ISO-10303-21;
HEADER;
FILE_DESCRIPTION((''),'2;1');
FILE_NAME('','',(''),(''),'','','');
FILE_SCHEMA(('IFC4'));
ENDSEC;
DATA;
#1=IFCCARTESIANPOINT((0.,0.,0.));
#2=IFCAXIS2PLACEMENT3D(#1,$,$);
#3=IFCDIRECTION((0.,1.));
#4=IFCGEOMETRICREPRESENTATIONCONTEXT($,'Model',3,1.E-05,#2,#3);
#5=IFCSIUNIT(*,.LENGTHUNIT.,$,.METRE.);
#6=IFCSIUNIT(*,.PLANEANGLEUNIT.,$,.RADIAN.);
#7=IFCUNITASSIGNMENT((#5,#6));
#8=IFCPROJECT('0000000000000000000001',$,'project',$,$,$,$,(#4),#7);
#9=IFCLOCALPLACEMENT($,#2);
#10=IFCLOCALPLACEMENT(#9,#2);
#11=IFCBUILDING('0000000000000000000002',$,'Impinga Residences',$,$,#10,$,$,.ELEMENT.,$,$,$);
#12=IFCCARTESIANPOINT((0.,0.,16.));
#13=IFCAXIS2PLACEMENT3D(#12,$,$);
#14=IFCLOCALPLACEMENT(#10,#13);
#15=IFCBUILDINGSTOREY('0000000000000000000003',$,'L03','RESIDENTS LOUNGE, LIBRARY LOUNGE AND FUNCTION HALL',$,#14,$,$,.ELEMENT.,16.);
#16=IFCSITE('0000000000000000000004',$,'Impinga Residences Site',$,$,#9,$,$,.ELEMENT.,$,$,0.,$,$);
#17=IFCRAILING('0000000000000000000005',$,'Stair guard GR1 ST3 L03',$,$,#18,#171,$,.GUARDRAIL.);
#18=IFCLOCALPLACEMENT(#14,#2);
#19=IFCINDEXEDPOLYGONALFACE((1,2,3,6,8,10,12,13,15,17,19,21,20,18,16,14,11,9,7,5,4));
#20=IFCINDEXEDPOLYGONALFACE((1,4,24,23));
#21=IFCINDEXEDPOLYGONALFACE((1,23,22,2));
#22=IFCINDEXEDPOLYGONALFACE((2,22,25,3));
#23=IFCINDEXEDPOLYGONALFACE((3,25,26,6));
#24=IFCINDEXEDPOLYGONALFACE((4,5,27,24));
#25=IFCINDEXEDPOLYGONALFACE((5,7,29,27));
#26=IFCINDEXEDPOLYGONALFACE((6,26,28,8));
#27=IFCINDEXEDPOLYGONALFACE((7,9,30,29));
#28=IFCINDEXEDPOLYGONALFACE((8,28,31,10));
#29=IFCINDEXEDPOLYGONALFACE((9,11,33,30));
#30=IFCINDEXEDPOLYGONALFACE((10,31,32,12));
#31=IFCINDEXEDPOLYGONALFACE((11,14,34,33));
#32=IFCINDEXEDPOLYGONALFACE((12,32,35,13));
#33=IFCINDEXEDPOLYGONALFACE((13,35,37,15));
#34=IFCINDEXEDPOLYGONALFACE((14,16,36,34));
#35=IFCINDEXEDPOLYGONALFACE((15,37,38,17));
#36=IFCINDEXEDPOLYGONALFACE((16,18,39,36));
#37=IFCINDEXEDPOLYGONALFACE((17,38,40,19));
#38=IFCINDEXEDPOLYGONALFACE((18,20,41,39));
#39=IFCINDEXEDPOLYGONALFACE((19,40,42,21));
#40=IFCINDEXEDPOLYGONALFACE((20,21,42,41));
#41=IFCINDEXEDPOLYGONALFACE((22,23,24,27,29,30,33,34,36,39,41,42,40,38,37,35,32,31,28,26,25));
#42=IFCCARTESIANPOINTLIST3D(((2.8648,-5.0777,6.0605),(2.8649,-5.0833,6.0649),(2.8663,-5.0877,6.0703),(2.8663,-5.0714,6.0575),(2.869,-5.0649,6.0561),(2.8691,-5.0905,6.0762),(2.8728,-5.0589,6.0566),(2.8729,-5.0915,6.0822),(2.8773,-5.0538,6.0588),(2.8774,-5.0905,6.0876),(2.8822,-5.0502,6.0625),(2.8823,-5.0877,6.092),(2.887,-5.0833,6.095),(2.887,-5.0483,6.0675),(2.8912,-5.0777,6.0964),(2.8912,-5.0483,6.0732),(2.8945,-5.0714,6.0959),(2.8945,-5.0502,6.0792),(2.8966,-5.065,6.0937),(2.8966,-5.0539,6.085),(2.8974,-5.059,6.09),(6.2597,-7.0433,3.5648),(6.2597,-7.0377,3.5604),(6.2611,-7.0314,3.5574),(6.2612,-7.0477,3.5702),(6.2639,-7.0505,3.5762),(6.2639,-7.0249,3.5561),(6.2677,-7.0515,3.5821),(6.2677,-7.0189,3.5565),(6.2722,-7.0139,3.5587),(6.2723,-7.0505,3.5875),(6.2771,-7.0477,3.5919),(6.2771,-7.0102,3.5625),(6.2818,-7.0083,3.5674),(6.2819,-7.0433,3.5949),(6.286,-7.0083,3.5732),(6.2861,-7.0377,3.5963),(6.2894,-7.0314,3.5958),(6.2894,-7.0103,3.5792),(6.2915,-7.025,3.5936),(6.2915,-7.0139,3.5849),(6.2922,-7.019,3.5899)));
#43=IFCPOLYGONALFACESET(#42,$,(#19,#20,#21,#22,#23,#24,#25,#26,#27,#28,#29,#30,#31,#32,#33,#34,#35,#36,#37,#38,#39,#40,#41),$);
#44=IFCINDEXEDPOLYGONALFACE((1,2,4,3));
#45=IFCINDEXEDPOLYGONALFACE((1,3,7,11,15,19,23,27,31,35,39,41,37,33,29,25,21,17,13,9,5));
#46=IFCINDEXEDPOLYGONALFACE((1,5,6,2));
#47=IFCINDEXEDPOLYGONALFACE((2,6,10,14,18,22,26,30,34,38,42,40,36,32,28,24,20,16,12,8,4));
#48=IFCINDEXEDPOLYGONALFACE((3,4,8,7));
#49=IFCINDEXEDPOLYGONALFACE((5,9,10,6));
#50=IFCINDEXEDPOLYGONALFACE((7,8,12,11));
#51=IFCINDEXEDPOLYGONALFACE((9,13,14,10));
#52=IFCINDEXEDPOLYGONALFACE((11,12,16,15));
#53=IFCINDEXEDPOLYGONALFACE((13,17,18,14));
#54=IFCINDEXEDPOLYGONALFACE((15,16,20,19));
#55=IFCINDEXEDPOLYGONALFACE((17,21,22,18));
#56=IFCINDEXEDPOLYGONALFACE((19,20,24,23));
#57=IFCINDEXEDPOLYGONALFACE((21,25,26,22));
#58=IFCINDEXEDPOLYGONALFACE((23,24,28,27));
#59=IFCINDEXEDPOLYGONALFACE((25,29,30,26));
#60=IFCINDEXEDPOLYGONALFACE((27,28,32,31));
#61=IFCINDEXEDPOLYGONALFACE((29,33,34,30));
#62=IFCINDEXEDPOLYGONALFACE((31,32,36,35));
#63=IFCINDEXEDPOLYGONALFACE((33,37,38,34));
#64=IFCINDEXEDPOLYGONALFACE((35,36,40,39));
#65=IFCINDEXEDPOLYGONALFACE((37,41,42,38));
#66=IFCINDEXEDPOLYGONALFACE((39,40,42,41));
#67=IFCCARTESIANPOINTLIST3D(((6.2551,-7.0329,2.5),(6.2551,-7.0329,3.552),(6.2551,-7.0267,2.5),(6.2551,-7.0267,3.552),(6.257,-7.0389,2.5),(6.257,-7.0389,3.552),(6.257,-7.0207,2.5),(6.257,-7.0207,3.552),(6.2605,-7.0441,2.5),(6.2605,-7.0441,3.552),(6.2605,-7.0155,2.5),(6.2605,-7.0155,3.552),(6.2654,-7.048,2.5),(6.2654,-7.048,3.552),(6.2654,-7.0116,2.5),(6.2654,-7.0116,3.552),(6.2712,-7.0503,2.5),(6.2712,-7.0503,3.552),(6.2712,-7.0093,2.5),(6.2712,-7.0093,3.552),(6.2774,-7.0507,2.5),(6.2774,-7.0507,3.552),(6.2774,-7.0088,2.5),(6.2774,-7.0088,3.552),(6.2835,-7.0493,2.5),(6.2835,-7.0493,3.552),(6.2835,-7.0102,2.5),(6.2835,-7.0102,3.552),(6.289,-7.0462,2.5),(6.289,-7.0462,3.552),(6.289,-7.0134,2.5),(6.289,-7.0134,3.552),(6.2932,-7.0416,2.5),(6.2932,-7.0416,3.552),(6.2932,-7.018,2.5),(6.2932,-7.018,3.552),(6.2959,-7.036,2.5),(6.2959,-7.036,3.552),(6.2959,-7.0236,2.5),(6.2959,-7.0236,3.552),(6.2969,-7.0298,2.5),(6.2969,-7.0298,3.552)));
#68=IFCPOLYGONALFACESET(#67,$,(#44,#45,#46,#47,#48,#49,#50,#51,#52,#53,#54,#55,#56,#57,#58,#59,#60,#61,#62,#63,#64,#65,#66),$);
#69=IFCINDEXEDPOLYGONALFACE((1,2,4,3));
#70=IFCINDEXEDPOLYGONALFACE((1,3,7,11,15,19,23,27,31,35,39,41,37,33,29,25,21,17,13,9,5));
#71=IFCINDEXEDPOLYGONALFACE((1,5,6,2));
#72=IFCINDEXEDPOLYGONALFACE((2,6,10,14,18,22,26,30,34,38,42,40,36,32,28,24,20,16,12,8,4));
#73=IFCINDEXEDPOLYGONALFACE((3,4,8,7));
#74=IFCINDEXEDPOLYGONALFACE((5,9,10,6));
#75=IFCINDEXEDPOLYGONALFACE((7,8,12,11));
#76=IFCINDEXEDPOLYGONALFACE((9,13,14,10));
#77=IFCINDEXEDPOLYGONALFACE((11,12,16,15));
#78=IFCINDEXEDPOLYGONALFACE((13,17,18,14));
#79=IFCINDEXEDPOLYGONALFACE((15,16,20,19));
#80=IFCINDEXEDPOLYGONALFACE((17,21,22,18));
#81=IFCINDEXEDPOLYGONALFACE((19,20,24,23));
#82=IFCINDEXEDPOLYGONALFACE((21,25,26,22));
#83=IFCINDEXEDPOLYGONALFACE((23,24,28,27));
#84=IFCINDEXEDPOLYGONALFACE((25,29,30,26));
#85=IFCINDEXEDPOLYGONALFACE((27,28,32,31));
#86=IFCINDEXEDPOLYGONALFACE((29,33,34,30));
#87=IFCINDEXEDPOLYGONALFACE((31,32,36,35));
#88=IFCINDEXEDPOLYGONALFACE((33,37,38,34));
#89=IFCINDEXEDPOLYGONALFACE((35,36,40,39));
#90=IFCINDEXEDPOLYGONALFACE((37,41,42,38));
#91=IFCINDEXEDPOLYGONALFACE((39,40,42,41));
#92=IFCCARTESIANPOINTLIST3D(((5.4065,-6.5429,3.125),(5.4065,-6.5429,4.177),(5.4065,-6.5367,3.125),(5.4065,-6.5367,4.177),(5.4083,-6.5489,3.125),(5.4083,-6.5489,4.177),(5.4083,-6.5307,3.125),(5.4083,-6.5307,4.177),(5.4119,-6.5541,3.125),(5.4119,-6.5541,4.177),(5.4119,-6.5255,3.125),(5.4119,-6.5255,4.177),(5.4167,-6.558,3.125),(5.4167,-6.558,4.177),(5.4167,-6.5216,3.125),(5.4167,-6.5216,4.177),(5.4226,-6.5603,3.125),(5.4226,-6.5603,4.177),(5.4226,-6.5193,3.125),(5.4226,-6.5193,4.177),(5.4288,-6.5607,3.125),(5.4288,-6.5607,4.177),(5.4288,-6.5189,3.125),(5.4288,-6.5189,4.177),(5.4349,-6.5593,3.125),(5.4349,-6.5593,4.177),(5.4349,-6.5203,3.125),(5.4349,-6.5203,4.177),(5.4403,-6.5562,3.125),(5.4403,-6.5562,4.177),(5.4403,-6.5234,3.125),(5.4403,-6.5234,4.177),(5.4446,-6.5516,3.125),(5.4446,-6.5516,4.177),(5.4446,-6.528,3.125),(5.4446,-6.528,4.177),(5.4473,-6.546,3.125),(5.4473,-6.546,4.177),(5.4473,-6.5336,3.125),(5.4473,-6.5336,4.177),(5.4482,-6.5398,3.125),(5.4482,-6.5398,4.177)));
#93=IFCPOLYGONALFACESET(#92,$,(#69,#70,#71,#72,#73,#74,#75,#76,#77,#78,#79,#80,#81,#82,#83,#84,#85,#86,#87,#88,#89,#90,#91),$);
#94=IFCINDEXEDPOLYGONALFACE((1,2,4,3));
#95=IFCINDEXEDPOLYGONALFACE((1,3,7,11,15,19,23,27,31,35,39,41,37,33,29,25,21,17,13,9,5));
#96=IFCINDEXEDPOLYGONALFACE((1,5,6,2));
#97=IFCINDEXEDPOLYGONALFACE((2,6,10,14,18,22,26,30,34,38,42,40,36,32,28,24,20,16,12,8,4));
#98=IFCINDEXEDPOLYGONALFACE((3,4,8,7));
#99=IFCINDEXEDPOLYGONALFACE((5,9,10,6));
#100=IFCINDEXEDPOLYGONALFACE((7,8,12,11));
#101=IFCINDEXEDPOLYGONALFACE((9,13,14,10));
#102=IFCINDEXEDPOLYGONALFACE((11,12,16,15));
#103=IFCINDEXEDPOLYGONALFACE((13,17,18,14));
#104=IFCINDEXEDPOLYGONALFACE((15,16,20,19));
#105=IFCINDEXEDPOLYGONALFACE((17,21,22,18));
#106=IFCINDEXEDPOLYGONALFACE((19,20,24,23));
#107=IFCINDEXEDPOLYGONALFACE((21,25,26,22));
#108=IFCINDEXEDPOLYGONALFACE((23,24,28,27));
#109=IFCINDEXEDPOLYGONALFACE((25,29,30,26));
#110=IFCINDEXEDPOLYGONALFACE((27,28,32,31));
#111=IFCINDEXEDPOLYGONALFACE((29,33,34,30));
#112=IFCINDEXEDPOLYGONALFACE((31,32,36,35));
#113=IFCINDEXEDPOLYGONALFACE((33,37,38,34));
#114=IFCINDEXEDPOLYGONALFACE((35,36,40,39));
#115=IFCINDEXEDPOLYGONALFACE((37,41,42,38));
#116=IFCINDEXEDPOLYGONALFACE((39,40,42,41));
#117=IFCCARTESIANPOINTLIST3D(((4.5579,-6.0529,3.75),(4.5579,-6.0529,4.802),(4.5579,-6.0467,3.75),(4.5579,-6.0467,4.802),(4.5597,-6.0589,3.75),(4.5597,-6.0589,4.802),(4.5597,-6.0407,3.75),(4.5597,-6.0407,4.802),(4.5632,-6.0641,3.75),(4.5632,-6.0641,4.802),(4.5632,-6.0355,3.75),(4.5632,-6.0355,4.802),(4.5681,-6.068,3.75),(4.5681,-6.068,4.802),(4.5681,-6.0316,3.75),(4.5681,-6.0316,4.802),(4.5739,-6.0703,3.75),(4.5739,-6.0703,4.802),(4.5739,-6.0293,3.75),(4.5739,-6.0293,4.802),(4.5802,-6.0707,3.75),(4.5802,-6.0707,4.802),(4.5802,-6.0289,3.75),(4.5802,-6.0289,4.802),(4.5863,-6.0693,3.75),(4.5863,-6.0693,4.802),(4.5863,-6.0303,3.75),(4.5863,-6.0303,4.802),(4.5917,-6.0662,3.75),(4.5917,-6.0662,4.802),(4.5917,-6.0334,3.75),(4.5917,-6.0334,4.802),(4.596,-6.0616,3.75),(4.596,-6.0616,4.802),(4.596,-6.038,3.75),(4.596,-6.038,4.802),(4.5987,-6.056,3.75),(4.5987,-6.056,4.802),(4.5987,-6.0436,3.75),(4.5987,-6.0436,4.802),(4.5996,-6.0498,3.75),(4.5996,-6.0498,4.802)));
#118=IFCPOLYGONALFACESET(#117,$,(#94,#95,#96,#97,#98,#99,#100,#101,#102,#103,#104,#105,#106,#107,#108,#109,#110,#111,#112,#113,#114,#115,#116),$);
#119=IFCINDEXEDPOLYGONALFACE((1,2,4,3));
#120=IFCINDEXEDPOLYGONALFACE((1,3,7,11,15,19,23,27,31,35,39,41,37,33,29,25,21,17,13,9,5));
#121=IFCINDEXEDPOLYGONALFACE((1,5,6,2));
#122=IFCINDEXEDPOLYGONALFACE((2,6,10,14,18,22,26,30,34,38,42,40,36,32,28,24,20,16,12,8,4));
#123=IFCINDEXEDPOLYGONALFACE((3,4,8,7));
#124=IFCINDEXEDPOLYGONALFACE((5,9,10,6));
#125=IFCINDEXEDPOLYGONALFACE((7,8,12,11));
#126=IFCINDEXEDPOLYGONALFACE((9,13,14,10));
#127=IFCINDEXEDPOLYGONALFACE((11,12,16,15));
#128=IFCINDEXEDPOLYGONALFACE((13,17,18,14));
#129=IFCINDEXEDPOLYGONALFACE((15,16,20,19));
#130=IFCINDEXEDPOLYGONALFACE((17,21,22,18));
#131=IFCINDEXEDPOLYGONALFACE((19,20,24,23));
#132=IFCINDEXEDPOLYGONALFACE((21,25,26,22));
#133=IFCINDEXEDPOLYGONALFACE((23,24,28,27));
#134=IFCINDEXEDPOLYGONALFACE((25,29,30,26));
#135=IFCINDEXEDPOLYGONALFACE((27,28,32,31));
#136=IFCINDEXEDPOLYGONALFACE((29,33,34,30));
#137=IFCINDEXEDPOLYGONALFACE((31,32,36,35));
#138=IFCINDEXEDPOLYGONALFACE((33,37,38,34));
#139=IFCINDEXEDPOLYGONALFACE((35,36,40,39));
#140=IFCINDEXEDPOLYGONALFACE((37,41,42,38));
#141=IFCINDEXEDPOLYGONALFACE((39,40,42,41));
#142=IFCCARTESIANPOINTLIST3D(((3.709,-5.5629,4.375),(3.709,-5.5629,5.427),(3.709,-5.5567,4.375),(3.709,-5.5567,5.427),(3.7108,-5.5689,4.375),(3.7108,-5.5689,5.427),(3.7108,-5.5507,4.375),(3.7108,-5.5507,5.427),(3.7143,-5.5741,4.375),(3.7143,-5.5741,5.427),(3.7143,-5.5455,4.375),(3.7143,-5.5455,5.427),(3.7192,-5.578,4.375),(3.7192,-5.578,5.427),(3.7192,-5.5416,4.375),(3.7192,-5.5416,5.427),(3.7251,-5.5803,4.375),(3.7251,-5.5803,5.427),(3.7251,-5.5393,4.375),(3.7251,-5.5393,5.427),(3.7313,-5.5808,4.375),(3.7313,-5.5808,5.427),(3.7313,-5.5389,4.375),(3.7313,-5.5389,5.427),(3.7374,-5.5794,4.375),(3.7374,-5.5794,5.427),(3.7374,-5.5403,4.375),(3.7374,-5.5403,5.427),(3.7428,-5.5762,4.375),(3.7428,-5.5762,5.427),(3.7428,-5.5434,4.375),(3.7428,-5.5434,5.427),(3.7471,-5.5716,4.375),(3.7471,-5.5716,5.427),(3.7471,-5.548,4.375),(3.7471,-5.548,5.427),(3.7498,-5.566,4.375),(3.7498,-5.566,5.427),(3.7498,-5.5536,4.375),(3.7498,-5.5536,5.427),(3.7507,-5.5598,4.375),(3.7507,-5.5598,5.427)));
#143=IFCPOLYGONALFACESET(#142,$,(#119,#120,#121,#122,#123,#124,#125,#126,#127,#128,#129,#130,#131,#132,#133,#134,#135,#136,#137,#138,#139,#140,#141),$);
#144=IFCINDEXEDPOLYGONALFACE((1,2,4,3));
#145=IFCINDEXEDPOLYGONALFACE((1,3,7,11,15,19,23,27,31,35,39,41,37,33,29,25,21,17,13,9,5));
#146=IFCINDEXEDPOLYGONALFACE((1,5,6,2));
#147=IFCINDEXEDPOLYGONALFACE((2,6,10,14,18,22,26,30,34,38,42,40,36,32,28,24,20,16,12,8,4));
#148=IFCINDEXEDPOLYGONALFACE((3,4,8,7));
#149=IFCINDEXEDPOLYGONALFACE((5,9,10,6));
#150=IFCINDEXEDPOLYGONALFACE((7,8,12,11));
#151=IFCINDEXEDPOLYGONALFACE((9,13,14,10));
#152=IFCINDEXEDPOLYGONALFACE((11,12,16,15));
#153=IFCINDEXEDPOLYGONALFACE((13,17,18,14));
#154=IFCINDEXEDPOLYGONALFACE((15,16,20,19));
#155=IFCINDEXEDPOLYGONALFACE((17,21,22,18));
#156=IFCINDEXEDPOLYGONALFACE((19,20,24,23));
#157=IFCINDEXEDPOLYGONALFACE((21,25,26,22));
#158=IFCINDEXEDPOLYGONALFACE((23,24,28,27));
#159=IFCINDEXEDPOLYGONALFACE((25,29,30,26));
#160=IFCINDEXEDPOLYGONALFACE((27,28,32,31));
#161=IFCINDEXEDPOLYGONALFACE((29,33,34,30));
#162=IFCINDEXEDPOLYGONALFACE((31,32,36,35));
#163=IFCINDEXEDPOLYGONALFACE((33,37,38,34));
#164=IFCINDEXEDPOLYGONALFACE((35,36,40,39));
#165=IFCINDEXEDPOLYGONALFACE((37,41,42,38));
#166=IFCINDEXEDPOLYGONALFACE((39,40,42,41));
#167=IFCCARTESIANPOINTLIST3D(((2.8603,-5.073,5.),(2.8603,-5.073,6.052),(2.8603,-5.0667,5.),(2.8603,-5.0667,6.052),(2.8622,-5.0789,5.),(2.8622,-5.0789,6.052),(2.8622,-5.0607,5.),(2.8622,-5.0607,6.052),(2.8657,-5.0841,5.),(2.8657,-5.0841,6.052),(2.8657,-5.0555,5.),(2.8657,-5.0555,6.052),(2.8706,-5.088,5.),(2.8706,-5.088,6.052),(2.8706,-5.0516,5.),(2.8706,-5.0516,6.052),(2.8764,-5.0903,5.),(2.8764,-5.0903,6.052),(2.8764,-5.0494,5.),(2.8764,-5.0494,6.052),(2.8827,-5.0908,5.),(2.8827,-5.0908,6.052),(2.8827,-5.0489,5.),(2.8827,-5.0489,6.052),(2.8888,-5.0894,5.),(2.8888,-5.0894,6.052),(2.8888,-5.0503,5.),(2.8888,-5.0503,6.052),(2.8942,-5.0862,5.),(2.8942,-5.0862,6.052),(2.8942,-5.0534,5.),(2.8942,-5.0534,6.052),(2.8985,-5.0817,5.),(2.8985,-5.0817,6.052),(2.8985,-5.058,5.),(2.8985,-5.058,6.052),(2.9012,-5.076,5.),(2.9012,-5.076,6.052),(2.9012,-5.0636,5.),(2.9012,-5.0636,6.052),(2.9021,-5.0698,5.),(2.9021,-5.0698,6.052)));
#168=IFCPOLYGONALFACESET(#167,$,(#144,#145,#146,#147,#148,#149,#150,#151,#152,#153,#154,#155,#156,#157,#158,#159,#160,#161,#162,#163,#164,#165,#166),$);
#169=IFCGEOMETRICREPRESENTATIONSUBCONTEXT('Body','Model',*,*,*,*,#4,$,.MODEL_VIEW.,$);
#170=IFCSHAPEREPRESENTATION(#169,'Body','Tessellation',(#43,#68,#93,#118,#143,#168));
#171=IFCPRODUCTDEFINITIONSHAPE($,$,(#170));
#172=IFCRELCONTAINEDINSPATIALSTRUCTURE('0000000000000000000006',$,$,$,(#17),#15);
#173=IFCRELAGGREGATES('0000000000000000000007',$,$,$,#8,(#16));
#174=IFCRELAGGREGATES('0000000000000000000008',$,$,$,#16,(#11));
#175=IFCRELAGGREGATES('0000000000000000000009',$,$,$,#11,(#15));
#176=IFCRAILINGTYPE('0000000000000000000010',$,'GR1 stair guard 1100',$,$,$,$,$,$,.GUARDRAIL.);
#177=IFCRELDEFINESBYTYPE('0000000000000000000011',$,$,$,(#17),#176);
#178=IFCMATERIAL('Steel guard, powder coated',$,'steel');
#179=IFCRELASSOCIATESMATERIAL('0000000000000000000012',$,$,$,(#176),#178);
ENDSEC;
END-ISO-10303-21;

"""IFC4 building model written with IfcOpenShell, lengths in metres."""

from ifc_helpers import new_model, si_unit, direction, frame, origin, origin_2d, place, context, subcontext, project, spatial, circle, extrude, material, type_object, element, save


model = new_model("IFC4")

# Units and contexts
model_context = context("Model", 3, precision=1e-05, world=origin(), true_north=direction((0.0, 1.0)))
body_context = subcontext(model_context, "Body", "Model", "MODEL_VIEW")
ifc_project = project(units=[si_unit("LENGTHUNIT", "METRE"), si_unit("PLANEANGLEUNIT", "RADIAN")], contexts=[model_context])

# Site, building, storey
site_placement = place(None, origin())
site = spatial("IfcSite", under=ifc_project, at=site_placement, Name="Impinga Residences Site", CompositionType="ELEMENT", RefElevation=0.0)
building_placement = place(site_placement, origin())
building = spatial("IfcBuilding", under=site, at=building_placement, Name="Impinga Residences", CompositionType="ELEMENT")
storey_placement = place(building_placement, frame((0.0, 0.0, 16.0)))
storey = spatial("IfcBuildingStorey", under=building, at=storey_placement, Name="L03", Description="RESIDENTS LOUNGE, LIBRARY LOUNGE AND FUNCTION HALL", CompositionType="ELEMENT", Elevation=16.0)

# Railing
ifc_material_1 = material(Name="Steel guard, powder coated", Category="steel")
railing_type_1 = type_object("IfcRailingType", Name="GR1 stair guard 1100", PredefinedType="GUARDRAIL", material=ifc_material_1)
railing_1_placement = place(storey_placement, frame((6.2759, -7.0298, 2.5)))
element("IfcRailing", 1, at=railing_1_placement, inside=storey, type_object=railing_type_1, Name="Stair guard GR1 ST3 L03", PredefinedType="GUARDRAIL", context=body_context, shape_type="SweptSolid", body=[
    extrude(circle(Radius=0.0239, at=origin_2d()), frame((0.0, 0.0, 1.0762), z_axis=(-0.73017, 0.421561, 0.537716), x_axis=(-0.499997, -0.866027, 0.0)), (0.0, 0.0, 1.0), 4.6494),
    extrude(circle(Radius=0.021, at=origin_2d()), origin(), (0.0, 0.0, 1.0), 1.052),
    extrude(circle(Radius=0.021, at=origin_2d()), frame((-0.8486, 0.49, 0.625)), (0.0, 0.0, 1.0), 1.052),
    extrude(circle(Radius=0.021, at=origin_2d()), frame((-1.6973, 0.98, 1.25)), (0.0, 0.0, 1.0), 1.052),
    extrude(circle(Radius=0.021, at=origin_2d()), frame((-2.5461, 1.47, 1.875)), (0.0, 0.0, 1.0), 1.052),
    extrude(circle(Radius=0.021, at=origin_2d()), frame((-3.3948, 1.96, 2.5)), (0.0, 0.0, 1.0), 1.052),
])

save(model, "model.ifc")
